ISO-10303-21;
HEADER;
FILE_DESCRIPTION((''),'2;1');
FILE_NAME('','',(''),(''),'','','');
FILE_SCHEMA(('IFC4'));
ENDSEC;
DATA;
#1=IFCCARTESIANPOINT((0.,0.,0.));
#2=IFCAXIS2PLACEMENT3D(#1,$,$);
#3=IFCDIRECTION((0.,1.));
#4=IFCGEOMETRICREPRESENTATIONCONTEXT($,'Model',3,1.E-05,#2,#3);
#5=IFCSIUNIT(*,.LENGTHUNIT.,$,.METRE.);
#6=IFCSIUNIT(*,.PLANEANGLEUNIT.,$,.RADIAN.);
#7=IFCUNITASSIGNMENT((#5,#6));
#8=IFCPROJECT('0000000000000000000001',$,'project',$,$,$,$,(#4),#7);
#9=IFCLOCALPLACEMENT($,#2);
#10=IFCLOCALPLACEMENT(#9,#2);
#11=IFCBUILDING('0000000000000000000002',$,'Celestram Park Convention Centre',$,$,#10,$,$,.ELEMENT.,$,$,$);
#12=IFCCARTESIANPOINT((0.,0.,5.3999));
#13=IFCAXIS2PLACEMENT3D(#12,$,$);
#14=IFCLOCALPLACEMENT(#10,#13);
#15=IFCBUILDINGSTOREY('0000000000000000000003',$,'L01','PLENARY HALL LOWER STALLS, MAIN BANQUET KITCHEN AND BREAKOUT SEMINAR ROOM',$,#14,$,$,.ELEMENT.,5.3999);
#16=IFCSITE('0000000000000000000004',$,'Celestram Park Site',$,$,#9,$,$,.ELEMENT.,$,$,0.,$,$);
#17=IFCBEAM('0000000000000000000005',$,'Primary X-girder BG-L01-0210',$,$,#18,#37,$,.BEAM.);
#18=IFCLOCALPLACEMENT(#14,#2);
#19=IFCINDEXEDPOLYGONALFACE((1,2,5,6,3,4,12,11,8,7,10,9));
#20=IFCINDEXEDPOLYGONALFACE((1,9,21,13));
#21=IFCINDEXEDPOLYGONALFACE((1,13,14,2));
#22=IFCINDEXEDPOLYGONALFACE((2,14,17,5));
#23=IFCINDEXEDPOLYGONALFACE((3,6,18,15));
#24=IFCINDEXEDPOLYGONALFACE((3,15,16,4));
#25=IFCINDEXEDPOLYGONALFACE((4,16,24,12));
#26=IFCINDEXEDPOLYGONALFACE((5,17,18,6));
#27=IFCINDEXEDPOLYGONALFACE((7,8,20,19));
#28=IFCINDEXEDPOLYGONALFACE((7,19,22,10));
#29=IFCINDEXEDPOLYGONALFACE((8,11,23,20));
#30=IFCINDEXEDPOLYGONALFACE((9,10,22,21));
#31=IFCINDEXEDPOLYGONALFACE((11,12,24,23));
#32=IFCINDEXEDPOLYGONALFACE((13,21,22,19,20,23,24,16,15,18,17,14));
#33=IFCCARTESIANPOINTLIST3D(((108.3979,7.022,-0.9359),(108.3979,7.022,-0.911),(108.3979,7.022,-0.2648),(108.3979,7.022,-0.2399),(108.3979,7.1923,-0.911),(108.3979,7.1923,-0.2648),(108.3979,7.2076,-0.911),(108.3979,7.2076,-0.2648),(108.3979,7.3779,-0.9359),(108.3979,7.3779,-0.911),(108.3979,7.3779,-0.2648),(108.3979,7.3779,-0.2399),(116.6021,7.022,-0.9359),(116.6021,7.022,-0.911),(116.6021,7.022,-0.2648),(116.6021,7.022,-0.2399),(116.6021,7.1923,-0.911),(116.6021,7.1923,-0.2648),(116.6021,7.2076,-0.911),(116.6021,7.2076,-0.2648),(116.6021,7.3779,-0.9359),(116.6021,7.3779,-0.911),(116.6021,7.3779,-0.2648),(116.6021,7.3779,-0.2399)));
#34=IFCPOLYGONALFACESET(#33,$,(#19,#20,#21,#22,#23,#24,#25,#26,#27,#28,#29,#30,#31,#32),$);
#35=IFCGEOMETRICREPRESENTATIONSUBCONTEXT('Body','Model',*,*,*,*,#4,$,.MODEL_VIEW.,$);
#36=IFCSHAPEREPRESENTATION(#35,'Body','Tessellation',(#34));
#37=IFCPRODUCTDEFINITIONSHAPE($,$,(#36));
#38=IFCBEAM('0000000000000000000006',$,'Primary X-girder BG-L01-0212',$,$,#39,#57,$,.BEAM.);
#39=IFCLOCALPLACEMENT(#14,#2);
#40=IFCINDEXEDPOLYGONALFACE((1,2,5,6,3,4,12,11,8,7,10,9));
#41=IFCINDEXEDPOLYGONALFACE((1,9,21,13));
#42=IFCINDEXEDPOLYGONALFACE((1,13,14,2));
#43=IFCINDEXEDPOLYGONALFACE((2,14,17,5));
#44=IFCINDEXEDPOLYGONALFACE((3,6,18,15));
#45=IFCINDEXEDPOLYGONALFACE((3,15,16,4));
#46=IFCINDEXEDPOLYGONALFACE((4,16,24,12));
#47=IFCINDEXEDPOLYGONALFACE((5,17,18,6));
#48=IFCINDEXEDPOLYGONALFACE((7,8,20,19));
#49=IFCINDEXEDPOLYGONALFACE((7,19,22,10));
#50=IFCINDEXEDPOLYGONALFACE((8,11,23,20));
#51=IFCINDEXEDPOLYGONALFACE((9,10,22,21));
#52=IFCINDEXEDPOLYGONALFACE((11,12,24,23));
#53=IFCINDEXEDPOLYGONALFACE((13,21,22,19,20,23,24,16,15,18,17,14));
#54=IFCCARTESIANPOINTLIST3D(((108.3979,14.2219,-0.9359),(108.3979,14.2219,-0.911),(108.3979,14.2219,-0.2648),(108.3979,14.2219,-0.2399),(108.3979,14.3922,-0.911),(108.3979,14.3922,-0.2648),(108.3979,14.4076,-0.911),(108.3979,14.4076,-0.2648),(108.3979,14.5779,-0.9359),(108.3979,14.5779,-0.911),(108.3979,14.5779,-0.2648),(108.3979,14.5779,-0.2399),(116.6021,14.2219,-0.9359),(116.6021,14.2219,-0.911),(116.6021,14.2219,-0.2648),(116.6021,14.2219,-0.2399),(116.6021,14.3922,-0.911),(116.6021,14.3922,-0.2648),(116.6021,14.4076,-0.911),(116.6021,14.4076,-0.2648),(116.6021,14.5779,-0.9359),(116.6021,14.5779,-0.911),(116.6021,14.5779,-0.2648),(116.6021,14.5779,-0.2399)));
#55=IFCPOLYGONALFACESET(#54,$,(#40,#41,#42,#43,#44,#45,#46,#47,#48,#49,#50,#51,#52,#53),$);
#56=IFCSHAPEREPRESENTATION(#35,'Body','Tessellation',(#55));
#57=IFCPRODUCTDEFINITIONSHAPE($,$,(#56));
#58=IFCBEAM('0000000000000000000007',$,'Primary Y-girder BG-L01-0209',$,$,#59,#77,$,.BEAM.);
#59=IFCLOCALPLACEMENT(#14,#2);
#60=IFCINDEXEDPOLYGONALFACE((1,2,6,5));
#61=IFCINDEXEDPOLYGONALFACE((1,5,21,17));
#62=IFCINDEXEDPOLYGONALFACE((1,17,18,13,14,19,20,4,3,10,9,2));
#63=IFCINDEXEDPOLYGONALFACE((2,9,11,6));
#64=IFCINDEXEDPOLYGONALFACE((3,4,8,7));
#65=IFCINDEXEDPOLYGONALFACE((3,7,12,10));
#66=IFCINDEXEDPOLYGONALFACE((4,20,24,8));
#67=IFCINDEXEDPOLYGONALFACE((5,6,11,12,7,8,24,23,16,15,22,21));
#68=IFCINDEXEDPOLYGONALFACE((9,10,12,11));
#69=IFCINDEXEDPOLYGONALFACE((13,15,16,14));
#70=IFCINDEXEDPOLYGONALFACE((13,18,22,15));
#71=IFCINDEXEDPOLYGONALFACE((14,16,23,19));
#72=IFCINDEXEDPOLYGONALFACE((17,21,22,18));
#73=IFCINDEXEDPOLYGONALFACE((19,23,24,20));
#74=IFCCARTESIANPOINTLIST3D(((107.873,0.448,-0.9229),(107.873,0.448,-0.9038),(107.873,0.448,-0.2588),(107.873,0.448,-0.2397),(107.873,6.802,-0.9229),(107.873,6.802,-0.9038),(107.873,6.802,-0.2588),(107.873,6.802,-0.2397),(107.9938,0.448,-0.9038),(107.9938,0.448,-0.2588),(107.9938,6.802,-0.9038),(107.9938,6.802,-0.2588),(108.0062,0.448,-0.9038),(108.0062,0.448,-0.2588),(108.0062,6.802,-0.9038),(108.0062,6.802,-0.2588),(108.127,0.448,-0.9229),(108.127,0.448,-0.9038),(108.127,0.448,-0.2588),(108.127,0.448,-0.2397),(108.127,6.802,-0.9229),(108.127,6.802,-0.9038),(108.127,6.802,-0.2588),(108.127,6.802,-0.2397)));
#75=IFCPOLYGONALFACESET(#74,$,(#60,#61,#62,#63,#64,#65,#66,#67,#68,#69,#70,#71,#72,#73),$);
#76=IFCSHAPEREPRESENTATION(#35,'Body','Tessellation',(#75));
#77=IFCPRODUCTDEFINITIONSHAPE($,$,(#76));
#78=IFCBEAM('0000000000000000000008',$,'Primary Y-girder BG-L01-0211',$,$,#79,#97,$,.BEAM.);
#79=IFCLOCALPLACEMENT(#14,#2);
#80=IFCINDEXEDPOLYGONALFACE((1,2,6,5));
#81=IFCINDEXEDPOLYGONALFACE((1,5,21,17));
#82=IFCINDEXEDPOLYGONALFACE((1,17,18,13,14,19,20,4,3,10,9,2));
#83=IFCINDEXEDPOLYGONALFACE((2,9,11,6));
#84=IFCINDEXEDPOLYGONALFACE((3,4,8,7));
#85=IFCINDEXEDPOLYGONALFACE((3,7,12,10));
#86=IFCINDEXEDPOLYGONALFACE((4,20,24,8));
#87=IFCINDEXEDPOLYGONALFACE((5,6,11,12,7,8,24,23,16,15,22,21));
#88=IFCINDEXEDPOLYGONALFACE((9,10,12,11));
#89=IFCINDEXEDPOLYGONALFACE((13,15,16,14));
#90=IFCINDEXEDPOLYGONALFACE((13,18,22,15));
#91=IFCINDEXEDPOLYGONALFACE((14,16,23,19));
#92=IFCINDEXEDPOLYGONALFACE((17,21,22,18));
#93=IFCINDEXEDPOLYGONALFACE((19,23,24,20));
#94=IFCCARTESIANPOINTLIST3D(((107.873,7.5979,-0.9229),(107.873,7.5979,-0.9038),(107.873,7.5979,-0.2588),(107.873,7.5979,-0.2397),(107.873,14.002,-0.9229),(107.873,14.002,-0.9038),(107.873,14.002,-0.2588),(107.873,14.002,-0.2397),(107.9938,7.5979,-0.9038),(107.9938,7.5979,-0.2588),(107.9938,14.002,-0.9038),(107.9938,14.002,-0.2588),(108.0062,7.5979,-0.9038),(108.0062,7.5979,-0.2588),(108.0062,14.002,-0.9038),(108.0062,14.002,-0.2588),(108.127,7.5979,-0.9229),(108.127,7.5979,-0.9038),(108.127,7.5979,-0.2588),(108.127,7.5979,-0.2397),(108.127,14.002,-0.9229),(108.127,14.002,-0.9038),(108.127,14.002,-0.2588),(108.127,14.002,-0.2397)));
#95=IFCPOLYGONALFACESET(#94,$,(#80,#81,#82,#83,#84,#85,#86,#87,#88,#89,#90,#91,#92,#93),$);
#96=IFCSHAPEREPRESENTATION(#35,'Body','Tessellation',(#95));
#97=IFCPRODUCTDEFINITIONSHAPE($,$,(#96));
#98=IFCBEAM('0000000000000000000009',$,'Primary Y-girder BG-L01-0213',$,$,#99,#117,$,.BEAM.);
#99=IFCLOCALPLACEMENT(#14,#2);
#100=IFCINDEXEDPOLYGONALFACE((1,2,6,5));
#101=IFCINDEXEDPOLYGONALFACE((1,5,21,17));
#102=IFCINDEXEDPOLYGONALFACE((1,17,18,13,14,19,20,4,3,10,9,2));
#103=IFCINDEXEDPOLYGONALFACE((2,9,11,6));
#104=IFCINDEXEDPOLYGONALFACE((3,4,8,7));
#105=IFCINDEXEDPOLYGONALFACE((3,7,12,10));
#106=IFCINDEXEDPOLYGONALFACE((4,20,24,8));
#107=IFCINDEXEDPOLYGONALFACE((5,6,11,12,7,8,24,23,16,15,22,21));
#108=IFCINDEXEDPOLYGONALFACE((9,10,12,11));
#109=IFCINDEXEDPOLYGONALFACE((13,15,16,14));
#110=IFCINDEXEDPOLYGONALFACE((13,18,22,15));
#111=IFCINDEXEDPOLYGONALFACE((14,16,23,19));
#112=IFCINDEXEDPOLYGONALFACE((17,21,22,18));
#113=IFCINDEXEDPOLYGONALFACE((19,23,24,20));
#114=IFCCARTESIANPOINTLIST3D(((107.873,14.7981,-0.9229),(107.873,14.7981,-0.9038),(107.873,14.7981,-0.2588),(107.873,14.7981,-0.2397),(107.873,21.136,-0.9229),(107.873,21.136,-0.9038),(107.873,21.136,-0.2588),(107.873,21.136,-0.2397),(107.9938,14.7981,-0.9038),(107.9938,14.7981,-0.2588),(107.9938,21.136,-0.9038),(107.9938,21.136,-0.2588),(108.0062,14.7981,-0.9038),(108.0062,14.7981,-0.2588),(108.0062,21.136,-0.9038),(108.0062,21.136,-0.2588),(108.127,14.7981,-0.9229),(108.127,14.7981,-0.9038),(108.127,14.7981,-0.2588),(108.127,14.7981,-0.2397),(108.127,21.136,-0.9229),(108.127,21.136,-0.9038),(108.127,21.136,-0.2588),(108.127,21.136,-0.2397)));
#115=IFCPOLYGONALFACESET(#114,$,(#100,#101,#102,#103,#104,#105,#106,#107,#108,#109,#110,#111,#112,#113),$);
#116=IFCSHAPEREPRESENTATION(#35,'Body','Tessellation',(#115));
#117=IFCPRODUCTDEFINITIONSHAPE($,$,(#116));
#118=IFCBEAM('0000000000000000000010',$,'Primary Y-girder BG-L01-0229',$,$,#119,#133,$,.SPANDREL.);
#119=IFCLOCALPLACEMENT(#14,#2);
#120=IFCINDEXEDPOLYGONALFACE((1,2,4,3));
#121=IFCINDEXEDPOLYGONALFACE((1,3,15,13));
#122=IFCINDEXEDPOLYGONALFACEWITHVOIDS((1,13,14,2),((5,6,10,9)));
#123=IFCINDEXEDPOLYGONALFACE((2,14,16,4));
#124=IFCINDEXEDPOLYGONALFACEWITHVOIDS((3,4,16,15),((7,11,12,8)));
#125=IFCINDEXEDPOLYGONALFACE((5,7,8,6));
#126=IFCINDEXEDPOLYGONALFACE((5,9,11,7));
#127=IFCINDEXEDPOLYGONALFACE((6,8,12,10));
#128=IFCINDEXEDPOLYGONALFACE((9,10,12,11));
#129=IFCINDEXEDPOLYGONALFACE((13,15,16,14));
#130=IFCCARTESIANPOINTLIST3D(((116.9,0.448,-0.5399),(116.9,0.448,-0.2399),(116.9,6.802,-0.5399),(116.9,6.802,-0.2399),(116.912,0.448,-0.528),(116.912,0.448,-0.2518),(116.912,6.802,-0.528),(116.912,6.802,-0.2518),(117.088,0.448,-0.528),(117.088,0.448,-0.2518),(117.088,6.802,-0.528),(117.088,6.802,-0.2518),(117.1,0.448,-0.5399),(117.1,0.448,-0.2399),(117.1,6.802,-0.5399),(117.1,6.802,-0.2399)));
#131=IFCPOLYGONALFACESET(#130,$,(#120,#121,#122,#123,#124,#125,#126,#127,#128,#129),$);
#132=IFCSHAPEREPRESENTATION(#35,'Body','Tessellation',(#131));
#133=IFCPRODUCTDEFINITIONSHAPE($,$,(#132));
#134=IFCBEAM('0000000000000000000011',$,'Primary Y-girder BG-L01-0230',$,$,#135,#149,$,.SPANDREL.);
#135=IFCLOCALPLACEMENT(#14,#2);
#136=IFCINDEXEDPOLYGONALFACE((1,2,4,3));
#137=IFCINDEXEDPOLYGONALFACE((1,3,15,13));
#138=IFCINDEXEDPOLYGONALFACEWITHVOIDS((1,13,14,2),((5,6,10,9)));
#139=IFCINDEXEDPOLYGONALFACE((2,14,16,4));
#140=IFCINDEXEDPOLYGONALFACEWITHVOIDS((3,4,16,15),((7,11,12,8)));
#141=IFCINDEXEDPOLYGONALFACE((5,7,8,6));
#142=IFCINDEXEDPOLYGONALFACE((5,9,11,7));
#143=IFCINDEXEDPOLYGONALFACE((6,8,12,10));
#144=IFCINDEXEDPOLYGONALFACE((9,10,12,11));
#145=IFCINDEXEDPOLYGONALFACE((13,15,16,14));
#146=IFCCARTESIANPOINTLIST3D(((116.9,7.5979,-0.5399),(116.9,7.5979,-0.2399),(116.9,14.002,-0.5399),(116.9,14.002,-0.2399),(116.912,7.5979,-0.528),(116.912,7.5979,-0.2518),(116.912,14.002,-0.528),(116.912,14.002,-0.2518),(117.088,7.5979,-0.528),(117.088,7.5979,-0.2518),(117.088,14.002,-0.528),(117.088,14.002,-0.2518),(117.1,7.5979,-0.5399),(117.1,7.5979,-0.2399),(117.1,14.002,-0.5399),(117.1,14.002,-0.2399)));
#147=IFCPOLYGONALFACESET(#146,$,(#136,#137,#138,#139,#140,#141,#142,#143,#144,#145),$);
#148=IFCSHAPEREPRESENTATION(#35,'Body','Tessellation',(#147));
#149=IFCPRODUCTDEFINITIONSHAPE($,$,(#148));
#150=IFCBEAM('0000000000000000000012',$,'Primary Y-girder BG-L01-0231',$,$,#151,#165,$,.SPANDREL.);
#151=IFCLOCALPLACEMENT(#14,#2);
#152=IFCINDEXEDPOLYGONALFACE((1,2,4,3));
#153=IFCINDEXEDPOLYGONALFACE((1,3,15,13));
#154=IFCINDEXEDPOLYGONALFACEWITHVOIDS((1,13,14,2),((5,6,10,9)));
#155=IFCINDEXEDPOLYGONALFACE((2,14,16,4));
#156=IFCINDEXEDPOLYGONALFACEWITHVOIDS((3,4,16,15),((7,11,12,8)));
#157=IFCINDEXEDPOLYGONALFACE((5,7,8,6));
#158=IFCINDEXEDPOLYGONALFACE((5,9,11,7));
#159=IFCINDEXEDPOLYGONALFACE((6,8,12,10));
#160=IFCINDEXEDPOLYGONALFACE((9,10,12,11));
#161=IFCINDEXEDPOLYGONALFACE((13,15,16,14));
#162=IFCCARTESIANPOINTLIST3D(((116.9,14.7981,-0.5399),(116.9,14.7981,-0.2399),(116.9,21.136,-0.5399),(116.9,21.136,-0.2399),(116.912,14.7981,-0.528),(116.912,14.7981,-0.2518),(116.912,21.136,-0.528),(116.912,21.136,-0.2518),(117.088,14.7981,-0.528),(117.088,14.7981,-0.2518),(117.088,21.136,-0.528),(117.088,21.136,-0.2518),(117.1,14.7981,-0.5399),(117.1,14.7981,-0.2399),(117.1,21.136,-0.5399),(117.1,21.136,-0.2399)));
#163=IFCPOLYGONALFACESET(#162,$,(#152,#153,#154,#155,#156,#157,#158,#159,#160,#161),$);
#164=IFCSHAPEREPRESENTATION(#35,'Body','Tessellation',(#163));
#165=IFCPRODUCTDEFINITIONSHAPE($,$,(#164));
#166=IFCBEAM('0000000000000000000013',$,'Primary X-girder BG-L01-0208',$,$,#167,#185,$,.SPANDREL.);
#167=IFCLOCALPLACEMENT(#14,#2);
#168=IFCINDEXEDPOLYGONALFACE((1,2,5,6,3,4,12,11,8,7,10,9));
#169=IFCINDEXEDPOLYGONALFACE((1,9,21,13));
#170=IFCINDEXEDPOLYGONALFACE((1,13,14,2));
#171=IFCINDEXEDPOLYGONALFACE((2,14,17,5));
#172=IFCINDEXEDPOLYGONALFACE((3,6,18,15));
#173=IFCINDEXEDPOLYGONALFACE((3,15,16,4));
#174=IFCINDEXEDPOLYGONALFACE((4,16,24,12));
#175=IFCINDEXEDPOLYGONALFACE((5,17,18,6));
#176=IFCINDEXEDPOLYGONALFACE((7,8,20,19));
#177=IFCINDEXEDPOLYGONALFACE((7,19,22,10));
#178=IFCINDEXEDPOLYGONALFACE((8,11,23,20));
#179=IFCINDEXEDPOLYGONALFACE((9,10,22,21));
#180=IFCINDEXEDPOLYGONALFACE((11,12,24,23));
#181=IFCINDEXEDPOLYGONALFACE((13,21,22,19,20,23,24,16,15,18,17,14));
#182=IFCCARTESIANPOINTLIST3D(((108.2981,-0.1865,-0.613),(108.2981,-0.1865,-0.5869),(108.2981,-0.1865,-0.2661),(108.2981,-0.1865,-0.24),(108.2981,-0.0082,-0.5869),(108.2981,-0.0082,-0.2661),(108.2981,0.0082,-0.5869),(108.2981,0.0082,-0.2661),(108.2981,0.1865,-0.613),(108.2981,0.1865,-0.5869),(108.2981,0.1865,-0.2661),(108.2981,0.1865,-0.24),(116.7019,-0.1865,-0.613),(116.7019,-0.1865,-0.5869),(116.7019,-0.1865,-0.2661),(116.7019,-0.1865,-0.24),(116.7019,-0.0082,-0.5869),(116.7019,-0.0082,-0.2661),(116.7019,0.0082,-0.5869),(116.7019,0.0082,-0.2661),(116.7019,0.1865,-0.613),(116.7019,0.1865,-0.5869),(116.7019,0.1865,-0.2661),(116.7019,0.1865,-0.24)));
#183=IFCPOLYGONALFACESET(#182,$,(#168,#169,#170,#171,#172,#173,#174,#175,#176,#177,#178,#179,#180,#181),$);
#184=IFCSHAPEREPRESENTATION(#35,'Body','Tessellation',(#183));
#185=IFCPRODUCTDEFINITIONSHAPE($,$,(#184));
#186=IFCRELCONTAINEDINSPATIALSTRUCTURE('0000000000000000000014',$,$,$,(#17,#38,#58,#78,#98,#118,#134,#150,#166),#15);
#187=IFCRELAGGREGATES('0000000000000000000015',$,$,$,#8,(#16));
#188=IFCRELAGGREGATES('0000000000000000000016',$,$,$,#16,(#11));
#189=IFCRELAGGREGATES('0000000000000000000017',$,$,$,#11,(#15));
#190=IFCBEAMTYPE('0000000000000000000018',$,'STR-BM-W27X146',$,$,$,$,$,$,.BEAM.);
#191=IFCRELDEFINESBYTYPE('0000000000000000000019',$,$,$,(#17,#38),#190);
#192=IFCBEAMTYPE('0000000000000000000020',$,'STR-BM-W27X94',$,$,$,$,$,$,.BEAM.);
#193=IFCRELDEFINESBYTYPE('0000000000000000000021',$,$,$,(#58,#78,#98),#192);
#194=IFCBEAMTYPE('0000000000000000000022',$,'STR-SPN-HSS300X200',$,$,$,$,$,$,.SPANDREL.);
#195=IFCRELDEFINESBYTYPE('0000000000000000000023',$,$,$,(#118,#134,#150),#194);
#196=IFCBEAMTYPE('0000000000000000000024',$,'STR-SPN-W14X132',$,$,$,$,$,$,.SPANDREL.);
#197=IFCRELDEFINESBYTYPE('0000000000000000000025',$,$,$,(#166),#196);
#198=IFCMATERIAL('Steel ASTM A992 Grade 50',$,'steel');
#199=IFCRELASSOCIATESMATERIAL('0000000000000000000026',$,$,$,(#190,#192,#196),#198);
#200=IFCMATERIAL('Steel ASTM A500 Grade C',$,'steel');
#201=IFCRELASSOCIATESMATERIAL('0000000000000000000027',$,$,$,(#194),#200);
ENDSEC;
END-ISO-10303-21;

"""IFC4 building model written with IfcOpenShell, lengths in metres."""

from ifc_helpers import new_model, si_unit, direction, frame, origin, origin_2d, place, context, subcontext, project, spatial, hollow_rectangle, i_section, extrude, material, material_profile, profile_set, type_object, element, save


model = new_model("IFC4")

# Units and contexts
model_context = context("Model", 3, precision=1e-05, world=origin(), true_north=direction((0.0, 1.0)))
body_context = subcontext(model_context, "Body", "Model", "MODEL_VIEW")
ifc_project = project(units=[si_unit("LENGTHUNIT", "METRE"), si_unit("PLANEANGLEUNIT", "RADIAN")], contexts=[model_context])

# Site, building, storey
site_placement = place(None, origin())
site = spatial("IfcSite", under=ifc_project, at=site_placement, Name="Celestram Park Site", CompositionType="ELEMENT", RefElevation=0.0)
building_placement = place(site_placement, origin())
building = spatial("IfcBuilding", under=site, at=building_placement, Name="Celestram Park Convention Centre", CompositionType="ELEMENT")
storey_placement = place(building_placement, frame((0.0, 0.0, 5.3999)))
storey = spatial("IfcBuildingStorey", under=building, at=storey_placement, Name="L01", Description="PLENARY HALL LOWER STALLS, MAIN BANQUET KITCHEN AND BREAKOUT SEMINAR ROOM", CompositionType="ELEMENT", Elevation=5.3999)

# Beams
ifc_material_1 = material(Name="Steel ASTM A992 Grade 50", Category="steel")
ifc_material_profile_1 = material_profile(ifc_material_1, i_section(OverallWidth=0.356, OverallDepth=0.696, WebThickness=0.0154, FlangeThickness=0.0249, at=origin_2d()), Name="W27X146")
ifc_profile_set_1 = profile_set([ifc_material_profile_1], Name="Steel ASTM A992 Grade 50")
beam_type_1 = type_object("IfcBeamType", Name="STR-BM-W27X146", PredefinedType="BEAM", material=ifc_profile_set_1)
for number, where, z_axis, x_axis, name in (
    (1, (108.3979, 7.2, -0.5879), (1.0, 0.0, 0.0), (0.0, 1.0, 0.0), "Primary X-girder BG-L01-0210"),
    (2, (108.3979, 14.3999, -0.5879), (1.0, 0.0, 0.0), (0.0, 1.0, 0.0), "Primary X-girder BG-L01-0212"),
):
    element("IfcBeam", number, at=place(storey_placement, frame(where, z_axis=z_axis, x_axis=x_axis)), inside=storey, type_object=beam_type_1, Name=name, PredefinedType="BEAM", context=body_context, shape_type="SweptSolid", body=[
        extrude(i_section(OverallWidth=0.356, OverallDepth=0.696, WebThickness=0.0154, FlangeThickness=0.0249, at=origin_2d()), origin(), (0.0, 0.0, 1.0), 8.2041),
    ])
ifc_material_profile_2 = material_profile(ifc_material_1, i_section(OverallWidth=0.2539, OverallDepth=0.6831, WebThickness=0.0125, FlangeThickness=0.019, at=origin_2d()), Name="W27X94")
ifc_profile_set_2 = profile_set([ifc_material_profile_2], Name="Steel ASTM A992 Grade 50")
beam_type_2 = type_object("IfcBeamType", Name="STR-BM-W27X94", PredefinedType="BEAM", material=ifc_profile_set_2)
beam_1_placement = place(storey_placement, frame((108.0, 0.448, -0.5813), z_axis=(0.0, 1.0, 0.0), x_axis=(-1.0, 0.0, 0.0)))
element("IfcBeam", 3, at=beam_1_placement, inside=storey, type_object=beam_type_2, Name="Primary Y-girder BG-L01-0209", PredefinedType="BEAM", context=body_context, shape_type="SweptSolid", body=[
    extrude(i_section(OverallWidth=0.2539, OverallDepth=0.6831, WebThickness=0.0125, FlangeThickness=0.019, at=origin_2d()), origin(), (0.0, 0.0, 1.0), 6.354),
])
beam_2_placement = place(storey_placement, frame((108.0, 7.5979, -0.5813), z_axis=(0.0, 1.0, 0.0), x_axis=(-1.0, 0.0, 0.0)))
element("IfcBeam", 4, at=beam_2_placement, inside=storey, type_object=beam_type_2, Name="Primary Y-girder BG-L01-0211", PredefinedType="BEAM", context=body_context, shape_type="SweptSolid", body=[
    extrude(i_section(OverallWidth=0.2539, OverallDepth=0.6831, WebThickness=0.0125, FlangeThickness=0.019, at=origin_2d()), origin(), (0.0, 0.0, 1.0), 6.4041),
])
beam_3_placement = place(storey_placement, frame((108.0, 14.7981, -0.5813), z_axis=(0.0, 1.0, 0.0), x_axis=(-1.0, 0.0, 0.0)))
element("IfcBeam", 5, at=beam_3_placement, inside=storey, type_object=beam_type_2, Name="Primary Y-girder BG-L01-0213", PredefinedType="BEAM", context=body_context, shape_type="SweptSolid", body=[
    extrude(i_section(OverallWidth=0.2539, OverallDepth=0.6831, WebThickness=0.0125, FlangeThickness=0.019, at=origin_2d()), origin(), (0.0, 0.0, 1.0), 6.3379),
])
ifc_material_2 = material(Name="Steel ASTM A500 Grade C", Category="steel")
ifc_material_profile_3 = material_profile(ifc_material_2, hollow_rectangle(XDim=0.2, YDim=0.3, WallThickness=0.012, at=origin_2d()), Name="HSS300X200X12")
ifc_profile_set_3 = profile_set([ifc_material_profile_3], Name="Steel ASTM A500 Grade C")
beam_type_3 = type_object("IfcBeamType", Name="STR-SPN-HSS300X200", PredefinedType="SPANDREL", material=ifc_profile_set_3)
beam_4_placement = place(storey_placement, frame((117.0, 0.448, -0.3899), z_axis=(0.0, 1.0, 0.0), x_axis=(-1.0, 0.0, 0.0)))
element("IfcBeam", 6, at=beam_4_placement, inside=storey, type_object=beam_type_3, Name="Primary Y-girder BG-L01-0229", PredefinedType="SPANDREL", context=body_context, shape_type="SweptSolid", body=[
    extrude(hollow_rectangle(XDim=0.2, YDim=0.3, WallThickness=0.012, at=origin_2d()), origin(), (0.0, 0.0, 1.0), 6.354),
])
beam_5_placement = place(storey_placement, frame((117.0, 7.5979, -0.3899), z_axis=(0.0, 1.0, 0.0), x_axis=(-1.0, 0.0, 0.0)))
element("IfcBeam", 7, at=beam_5_placement, inside=storey, type_object=beam_type_3, Name="Primary Y-girder BG-L01-0230", PredefinedType="SPANDREL", context=body_context, shape_type="SweptSolid", body=[
    extrude(hollow_rectangle(XDim=0.2, YDim=0.3, WallThickness=0.012, at=origin_2d()), origin(), (0.0, 0.0, 1.0), 6.4041),
])
beam_6_placement = place(storey_placement, frame((117.0, 14.7981, -0.3899), z_axis=(0.0, 1.0, 0.0), x_axis=(-1.0, 0.0, 0.0)))
element("IfcBeam", 8, at=beam_6_placement, inside=storey, type_object=beam_type_3, Name="Primary Y-girder BG-L01-0231", PredefinedType="SPANDREL", context=body_context, shape_type="SweptSolid", body=[
    extrude(hollow_rectangle(XDim=0.2, YDim=0.3, WallThickness=0.012, at=origin_2d()), origin(), (0.0, 0.0, 1.0), 6.3379),
])
ifc_material_profile_4 = material_profile(ifc_material_1, i_section(OverallWidth=0.373, OverallDepth=0.373, WebThickness=0.0164, FlangeThickness=0.0261, at=origin_2d()), Name="W14X132")
ifc_profile_set_4 = profile_set([ifc_material_profile_4], Name="Steel ASTM A992 Grade 50")
beam_type_4 = type_object("IfcBeamType", Name="STR-SPN-W14X132", PredefinedType="SPANDREL", material=ifc_profile_set_4)
beam_7_placement = place(storey_placement, frame((108.2981, 0.0, -0.4265), z_axis=(1.0, 0.0, 0.0), x_axis=(0.0, 1.0, 0.0)))
element("IfcBeam", 9, at=beam_7_placement, inside=storey, type_object=beam_type_4, Name="Primary X-girder BG-L01-0208", PredefinedType="SPANDREL", context=body_context, shape_type="SweptSolid", body=[
    extrude(i_section(OverallWidth=0.373, OverallDepth=0.373, WebThickness=0.0164, FlangeThickness=0.0261, at=origin_2d()), origin(), (0.0, 0.0, 1.0), 8.4038),
])

save(model, "model.ifc")
